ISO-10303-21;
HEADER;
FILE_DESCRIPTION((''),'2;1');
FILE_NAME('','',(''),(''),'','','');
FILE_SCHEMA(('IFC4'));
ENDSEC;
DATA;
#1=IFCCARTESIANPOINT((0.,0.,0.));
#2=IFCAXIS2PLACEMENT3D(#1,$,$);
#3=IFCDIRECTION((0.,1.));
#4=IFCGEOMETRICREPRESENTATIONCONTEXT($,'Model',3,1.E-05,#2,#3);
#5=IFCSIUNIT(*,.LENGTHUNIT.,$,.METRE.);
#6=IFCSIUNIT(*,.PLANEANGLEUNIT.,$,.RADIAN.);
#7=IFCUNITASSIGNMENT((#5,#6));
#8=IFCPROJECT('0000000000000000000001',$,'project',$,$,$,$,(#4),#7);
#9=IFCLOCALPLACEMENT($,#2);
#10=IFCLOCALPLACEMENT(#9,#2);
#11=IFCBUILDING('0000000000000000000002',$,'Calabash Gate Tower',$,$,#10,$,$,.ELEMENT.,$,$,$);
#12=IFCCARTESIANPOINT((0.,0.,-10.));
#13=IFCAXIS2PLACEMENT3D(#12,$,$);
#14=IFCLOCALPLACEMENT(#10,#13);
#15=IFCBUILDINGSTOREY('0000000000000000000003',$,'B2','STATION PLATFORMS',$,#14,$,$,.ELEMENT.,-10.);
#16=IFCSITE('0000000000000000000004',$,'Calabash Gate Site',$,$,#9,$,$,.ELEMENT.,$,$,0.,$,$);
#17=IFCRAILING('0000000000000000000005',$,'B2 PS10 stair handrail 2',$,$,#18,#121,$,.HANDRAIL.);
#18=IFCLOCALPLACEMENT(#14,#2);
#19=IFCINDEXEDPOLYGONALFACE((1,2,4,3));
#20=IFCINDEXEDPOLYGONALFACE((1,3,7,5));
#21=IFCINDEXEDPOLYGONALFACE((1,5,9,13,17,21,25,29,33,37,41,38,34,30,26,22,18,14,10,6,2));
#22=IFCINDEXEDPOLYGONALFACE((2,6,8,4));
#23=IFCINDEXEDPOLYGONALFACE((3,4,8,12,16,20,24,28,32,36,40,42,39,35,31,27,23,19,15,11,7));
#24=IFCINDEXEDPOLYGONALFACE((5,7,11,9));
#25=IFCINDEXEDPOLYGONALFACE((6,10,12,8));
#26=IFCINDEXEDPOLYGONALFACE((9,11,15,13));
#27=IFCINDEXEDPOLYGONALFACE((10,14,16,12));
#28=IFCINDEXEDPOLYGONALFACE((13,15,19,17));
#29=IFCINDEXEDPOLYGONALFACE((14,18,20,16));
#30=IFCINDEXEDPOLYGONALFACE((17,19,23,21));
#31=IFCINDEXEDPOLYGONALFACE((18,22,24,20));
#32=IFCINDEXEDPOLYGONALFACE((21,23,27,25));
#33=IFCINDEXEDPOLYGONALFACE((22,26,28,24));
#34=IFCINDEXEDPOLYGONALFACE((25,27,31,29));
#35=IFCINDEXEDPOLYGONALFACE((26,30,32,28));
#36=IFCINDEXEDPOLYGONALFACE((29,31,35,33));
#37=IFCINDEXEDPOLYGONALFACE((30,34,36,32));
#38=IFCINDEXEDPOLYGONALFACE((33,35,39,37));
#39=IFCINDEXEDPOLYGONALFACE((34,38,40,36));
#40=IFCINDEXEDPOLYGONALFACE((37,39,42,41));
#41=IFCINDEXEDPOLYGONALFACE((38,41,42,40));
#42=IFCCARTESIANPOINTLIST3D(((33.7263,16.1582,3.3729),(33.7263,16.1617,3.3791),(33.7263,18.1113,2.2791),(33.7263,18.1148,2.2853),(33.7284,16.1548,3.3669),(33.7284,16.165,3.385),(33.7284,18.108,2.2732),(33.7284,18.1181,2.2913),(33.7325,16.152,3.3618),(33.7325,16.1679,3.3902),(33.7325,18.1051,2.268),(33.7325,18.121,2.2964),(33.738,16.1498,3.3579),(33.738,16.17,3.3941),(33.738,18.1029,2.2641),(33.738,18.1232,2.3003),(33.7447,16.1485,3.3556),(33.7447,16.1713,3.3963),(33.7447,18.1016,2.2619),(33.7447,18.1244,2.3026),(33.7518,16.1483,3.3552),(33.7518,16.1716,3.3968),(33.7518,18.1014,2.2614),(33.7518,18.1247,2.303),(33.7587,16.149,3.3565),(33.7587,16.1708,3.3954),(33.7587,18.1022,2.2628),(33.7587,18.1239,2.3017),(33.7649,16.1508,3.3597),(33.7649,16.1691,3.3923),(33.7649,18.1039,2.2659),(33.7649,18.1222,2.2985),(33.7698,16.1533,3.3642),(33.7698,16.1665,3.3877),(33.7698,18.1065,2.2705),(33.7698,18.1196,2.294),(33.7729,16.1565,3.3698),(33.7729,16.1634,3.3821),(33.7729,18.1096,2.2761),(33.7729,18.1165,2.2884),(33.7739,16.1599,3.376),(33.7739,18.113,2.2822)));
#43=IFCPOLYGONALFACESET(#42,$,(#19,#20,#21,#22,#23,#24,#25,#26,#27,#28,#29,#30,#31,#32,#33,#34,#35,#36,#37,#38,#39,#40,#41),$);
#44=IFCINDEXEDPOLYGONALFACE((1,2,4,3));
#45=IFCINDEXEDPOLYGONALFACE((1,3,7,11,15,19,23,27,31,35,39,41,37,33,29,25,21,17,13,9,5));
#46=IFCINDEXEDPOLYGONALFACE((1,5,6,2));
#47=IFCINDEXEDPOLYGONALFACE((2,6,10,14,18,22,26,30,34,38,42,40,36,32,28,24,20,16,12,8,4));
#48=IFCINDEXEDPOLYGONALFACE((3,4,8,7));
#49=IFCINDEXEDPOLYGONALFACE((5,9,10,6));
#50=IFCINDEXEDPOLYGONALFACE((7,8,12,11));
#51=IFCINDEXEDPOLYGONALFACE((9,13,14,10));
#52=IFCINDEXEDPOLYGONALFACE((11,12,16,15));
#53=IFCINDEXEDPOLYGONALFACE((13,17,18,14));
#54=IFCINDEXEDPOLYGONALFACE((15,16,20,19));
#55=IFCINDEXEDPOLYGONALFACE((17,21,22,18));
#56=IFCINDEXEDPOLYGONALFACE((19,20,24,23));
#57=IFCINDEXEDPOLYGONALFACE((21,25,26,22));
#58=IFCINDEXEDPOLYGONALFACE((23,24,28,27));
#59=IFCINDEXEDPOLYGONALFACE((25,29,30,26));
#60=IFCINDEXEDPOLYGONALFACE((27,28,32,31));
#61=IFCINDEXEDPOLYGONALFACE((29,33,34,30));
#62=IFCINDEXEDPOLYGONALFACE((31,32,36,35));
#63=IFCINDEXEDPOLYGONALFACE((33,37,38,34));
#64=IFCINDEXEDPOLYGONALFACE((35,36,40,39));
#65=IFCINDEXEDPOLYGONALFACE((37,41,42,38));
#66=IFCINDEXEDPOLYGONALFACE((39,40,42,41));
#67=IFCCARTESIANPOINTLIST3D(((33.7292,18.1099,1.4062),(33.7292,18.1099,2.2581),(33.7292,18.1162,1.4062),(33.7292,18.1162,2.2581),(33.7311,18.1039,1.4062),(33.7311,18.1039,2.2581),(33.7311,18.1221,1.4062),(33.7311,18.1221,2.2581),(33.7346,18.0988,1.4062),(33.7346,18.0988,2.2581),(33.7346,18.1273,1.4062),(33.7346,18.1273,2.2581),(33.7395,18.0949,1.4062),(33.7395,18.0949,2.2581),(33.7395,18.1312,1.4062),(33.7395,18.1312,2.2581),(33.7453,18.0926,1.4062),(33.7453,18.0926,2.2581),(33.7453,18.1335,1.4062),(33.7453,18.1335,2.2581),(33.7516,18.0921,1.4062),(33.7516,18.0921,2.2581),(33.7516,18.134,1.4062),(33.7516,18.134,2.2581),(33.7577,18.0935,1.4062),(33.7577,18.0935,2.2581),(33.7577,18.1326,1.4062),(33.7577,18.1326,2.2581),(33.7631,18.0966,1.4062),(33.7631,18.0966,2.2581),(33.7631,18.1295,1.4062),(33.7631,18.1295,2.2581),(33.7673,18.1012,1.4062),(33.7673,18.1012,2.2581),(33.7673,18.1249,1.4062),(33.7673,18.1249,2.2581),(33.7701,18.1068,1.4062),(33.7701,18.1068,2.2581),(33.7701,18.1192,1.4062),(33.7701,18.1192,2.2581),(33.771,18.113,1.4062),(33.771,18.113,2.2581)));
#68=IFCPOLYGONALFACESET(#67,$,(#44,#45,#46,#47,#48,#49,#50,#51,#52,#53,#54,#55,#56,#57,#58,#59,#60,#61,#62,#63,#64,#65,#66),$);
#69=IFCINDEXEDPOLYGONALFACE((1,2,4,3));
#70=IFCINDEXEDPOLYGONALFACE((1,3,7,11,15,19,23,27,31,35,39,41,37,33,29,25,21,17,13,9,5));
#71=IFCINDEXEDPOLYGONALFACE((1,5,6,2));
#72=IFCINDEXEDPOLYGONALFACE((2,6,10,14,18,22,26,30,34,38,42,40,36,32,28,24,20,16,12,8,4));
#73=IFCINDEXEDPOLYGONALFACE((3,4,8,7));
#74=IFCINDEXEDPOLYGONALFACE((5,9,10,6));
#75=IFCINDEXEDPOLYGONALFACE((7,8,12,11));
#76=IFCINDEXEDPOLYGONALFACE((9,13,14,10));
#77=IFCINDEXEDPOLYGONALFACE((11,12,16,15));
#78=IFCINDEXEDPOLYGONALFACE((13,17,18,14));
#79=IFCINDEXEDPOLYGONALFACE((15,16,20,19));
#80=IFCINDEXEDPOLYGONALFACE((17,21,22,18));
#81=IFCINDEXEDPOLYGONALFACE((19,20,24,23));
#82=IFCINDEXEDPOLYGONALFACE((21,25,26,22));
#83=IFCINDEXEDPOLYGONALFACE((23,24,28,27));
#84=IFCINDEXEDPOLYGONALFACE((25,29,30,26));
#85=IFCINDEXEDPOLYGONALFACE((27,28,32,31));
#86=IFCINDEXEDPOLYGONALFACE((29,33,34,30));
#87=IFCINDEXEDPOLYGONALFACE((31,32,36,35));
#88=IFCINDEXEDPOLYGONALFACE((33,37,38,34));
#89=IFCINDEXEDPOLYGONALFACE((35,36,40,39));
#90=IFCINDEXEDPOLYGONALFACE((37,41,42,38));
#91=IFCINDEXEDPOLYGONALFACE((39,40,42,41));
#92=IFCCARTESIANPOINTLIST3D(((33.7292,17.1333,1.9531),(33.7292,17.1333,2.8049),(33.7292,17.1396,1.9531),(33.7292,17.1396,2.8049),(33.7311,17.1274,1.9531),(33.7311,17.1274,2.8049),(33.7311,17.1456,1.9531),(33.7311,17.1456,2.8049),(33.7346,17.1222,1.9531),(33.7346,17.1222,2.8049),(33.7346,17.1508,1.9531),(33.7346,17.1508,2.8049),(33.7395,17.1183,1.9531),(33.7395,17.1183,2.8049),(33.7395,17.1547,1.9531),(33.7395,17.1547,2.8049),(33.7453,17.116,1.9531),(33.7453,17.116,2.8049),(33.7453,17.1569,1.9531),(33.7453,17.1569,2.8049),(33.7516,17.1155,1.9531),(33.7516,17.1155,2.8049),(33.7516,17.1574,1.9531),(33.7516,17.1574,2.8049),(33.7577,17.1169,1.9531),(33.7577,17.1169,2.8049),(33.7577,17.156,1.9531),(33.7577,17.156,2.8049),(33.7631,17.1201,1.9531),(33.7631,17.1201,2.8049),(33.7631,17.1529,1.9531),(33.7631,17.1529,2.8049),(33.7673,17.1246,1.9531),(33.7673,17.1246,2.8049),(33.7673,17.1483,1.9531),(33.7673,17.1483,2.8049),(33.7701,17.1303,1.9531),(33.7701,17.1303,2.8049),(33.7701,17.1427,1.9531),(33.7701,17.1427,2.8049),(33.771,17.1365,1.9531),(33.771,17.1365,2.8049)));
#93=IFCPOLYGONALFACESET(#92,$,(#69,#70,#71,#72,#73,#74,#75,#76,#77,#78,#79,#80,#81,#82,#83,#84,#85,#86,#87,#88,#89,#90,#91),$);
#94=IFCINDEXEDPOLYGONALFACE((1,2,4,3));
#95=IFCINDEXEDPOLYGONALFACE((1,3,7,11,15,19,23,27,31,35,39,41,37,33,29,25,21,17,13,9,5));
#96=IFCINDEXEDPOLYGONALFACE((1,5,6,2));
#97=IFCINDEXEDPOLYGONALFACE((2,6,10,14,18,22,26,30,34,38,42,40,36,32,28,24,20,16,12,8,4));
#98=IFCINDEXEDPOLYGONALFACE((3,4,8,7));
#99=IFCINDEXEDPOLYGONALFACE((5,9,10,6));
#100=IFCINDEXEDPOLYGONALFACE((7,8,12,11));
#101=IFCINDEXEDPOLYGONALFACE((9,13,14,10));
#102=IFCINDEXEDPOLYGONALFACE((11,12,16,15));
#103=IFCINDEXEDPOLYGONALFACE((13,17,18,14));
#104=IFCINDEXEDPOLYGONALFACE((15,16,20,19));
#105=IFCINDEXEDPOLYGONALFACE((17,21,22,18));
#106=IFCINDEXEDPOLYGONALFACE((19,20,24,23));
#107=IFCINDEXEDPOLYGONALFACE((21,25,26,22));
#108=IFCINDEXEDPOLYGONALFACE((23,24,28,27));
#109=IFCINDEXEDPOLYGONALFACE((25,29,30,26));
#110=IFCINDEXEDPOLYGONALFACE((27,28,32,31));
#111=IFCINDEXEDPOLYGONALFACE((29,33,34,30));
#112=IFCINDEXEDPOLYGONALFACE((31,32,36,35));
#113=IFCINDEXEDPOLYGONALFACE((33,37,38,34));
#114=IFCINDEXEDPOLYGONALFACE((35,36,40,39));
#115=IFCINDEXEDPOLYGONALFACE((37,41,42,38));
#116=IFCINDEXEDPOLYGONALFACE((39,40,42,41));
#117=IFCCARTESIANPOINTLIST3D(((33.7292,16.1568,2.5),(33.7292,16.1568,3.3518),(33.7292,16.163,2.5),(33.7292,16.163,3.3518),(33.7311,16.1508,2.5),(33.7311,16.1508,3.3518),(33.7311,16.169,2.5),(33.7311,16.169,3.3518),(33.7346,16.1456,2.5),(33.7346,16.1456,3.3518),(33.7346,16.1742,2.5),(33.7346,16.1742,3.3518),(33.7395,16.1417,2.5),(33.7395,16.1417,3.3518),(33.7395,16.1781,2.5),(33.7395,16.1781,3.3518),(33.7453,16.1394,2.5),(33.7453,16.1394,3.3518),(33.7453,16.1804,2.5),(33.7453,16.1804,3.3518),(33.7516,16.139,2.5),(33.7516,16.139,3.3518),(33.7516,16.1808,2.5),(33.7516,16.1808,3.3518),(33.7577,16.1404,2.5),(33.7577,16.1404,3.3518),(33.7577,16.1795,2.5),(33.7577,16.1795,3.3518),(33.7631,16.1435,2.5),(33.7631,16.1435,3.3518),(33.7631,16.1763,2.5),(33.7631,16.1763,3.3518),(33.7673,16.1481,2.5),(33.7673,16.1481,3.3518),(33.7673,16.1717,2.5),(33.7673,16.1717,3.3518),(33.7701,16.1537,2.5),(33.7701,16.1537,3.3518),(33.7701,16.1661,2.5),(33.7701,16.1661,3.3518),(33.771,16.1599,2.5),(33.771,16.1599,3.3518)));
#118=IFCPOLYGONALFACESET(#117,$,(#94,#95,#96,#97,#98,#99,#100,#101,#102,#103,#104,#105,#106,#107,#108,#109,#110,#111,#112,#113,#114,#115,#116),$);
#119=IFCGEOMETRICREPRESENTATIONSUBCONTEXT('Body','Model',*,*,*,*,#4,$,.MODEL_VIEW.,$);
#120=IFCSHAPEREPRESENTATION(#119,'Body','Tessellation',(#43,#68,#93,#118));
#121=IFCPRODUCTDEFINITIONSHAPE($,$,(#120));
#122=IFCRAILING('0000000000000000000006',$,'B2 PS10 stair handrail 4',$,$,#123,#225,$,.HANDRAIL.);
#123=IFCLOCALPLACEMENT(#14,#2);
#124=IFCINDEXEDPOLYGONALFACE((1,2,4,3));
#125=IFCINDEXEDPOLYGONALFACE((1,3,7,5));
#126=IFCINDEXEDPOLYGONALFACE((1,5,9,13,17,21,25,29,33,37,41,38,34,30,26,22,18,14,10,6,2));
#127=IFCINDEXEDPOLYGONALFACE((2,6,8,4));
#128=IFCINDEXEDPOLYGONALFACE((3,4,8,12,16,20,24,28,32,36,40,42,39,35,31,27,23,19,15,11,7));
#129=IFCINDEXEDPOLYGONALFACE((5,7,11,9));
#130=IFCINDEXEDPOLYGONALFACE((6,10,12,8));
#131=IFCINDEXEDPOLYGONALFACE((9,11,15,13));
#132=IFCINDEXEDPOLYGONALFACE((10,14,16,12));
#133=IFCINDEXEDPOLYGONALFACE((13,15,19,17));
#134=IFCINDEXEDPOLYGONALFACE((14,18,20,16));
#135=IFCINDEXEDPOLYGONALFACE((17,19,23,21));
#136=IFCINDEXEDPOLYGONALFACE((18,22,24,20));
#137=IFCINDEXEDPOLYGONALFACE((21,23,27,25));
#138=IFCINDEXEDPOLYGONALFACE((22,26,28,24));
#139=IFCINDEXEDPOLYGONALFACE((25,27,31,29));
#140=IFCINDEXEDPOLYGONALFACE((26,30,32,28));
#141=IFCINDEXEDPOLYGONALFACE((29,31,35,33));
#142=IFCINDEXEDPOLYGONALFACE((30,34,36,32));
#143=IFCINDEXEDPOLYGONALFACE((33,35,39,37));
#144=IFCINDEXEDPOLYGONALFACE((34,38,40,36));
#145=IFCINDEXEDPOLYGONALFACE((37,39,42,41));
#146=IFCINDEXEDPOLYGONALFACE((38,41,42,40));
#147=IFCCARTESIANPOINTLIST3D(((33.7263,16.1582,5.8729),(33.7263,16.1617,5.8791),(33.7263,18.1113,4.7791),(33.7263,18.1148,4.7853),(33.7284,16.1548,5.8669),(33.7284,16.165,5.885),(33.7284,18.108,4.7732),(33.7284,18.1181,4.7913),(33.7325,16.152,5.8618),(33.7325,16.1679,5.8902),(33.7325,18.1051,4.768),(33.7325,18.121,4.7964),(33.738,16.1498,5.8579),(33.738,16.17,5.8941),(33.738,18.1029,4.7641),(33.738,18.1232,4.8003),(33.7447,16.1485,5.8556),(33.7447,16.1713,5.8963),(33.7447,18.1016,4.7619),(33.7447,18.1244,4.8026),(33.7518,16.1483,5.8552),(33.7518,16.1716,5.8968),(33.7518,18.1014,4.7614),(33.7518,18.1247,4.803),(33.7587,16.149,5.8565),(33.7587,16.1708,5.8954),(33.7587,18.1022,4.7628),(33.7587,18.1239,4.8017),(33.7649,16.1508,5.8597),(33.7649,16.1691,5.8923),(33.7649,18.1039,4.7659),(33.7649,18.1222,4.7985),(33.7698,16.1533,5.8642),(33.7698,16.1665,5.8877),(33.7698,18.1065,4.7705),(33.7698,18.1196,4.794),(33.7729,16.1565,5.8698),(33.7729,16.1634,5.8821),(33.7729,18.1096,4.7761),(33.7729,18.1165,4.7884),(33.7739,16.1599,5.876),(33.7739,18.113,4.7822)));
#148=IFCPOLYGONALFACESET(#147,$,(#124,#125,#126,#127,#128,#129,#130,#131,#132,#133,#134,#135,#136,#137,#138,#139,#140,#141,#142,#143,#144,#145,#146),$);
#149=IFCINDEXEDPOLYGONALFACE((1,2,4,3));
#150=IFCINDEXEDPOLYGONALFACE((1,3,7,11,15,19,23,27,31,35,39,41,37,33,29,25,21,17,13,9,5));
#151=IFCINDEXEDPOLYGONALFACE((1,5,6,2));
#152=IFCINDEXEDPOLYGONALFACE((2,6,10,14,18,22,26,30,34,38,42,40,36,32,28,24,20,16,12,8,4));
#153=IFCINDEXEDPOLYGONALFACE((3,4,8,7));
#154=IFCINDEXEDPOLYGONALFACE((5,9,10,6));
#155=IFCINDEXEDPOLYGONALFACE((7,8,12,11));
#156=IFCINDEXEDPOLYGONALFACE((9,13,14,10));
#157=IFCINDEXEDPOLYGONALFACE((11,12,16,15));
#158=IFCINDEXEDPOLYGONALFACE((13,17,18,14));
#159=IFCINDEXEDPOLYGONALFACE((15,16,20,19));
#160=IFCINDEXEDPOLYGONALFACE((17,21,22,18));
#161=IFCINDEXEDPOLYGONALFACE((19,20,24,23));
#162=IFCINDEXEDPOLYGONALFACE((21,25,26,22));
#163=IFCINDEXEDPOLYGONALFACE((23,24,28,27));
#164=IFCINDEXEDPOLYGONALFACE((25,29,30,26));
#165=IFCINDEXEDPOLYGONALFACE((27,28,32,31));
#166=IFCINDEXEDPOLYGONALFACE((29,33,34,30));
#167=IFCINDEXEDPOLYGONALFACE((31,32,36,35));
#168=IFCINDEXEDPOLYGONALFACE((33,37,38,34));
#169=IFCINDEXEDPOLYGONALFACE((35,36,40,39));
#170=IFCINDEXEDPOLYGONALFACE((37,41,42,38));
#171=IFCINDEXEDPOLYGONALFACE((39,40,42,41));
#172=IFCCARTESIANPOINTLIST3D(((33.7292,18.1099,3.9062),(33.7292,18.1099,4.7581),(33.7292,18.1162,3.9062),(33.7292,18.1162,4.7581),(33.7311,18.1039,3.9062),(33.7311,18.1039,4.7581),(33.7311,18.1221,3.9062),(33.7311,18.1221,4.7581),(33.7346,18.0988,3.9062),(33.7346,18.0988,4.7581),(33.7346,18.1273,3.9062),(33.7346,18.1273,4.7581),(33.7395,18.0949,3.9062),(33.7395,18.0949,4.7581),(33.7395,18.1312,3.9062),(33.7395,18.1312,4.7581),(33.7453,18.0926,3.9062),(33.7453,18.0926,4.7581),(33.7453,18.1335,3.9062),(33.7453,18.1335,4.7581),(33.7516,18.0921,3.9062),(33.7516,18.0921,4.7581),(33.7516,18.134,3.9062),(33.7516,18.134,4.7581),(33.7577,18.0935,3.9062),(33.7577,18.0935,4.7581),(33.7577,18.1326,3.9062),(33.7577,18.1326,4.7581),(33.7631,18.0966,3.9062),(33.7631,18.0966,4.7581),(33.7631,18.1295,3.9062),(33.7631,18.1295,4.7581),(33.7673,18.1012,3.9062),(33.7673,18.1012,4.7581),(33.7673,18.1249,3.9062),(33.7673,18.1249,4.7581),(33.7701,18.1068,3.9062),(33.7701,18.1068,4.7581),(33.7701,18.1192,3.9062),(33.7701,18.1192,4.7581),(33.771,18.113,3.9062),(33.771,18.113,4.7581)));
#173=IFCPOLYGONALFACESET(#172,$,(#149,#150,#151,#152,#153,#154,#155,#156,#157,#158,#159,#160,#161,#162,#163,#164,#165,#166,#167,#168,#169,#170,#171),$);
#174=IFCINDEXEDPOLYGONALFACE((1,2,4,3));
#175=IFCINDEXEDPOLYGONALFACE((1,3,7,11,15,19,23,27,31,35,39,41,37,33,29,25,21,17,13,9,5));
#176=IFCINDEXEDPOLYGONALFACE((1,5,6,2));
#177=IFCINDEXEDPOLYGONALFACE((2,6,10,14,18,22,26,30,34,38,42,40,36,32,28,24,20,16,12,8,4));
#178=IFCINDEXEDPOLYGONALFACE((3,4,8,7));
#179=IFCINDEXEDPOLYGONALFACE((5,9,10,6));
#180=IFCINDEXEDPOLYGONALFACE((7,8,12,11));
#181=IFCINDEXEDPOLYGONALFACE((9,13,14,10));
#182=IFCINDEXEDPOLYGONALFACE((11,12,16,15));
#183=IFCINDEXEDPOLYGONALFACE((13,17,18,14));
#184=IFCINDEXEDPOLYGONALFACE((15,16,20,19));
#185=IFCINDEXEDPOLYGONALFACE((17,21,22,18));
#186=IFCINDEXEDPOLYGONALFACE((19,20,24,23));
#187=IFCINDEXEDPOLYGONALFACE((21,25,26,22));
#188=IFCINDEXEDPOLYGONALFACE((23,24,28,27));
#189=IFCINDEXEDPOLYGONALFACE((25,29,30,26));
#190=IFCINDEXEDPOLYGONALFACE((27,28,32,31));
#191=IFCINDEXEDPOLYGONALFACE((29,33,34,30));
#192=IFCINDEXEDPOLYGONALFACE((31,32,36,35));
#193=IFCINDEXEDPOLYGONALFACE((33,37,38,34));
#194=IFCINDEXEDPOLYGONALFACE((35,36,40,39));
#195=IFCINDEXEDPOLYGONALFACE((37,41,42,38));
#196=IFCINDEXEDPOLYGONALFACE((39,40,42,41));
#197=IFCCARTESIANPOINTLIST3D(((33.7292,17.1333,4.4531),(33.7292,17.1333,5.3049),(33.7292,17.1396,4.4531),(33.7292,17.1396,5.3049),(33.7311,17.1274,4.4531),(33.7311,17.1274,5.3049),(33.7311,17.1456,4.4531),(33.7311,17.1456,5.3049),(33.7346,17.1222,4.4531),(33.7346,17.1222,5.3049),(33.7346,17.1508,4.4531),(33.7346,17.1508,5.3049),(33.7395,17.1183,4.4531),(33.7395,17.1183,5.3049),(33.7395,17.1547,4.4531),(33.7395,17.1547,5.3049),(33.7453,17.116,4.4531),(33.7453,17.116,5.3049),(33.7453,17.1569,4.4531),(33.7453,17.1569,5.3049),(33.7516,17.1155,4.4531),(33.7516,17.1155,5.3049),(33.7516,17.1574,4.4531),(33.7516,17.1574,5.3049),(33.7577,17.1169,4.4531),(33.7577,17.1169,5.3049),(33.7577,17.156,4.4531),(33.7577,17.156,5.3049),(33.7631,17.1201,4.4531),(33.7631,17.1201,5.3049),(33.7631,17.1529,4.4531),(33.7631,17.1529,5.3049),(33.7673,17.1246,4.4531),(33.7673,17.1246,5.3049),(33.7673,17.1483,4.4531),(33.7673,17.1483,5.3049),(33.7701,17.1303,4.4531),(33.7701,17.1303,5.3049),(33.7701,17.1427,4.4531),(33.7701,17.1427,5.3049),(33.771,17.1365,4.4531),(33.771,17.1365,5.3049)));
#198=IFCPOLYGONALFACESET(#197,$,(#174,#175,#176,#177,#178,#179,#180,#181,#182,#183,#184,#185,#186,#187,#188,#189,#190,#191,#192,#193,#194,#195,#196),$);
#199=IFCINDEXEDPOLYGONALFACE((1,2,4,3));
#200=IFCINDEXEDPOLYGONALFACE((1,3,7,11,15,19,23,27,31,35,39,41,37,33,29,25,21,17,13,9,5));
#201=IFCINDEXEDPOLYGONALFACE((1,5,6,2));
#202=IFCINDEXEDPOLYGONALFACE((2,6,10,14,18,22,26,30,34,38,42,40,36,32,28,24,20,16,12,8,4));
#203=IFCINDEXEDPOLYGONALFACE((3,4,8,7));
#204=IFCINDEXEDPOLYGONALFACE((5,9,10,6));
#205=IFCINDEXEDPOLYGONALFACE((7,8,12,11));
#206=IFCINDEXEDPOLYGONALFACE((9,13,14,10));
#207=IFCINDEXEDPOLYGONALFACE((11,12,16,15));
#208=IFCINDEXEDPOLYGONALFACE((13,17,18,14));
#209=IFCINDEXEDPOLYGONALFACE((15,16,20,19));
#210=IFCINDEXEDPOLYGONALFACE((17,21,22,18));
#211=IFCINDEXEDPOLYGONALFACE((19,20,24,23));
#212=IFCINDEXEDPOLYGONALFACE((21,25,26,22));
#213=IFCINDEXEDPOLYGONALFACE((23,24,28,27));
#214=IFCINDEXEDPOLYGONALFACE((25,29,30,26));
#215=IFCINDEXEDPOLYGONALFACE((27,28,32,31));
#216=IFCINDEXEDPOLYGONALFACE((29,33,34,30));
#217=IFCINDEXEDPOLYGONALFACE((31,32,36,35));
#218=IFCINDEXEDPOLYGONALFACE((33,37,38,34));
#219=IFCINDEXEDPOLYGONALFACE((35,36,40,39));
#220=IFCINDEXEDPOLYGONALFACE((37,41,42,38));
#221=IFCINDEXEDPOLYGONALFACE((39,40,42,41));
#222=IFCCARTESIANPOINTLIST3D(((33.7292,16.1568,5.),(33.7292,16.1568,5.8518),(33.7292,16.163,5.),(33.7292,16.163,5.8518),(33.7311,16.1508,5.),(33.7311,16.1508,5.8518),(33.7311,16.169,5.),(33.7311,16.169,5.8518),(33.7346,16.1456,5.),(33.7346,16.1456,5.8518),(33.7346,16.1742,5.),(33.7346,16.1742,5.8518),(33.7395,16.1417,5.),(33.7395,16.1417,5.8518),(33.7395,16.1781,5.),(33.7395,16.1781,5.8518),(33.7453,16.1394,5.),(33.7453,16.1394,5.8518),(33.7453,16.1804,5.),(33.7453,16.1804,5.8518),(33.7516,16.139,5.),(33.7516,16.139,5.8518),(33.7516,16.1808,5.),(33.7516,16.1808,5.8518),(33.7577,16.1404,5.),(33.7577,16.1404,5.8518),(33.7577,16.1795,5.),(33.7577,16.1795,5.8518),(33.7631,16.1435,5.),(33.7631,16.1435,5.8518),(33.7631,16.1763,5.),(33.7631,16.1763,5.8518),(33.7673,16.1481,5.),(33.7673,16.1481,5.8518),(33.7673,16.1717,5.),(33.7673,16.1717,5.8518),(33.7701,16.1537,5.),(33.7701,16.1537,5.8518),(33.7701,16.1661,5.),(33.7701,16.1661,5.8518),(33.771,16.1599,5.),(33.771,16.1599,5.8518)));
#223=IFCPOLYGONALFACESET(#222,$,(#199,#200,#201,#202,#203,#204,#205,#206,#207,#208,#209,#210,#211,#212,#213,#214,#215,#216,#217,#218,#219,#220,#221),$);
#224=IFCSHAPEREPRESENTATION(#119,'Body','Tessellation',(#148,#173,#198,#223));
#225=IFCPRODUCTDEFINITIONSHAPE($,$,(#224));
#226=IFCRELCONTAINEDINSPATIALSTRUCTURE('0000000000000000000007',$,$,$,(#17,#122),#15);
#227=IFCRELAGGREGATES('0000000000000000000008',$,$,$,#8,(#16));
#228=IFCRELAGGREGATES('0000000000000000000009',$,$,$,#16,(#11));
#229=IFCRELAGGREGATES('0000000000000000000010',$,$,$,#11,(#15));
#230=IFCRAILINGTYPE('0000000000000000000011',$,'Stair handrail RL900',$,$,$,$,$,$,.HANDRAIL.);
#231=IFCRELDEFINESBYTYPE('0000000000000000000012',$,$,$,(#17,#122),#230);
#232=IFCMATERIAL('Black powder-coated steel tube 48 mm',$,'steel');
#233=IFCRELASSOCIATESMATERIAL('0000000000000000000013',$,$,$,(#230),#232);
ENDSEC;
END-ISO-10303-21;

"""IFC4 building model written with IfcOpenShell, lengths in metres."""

from ifc_helpers import new_model, si_unit, direction, frame, origin, origin_2d, place, context, subcontext, project, spatial, circle, extrude, material, type_object, element, save


model = new_model("IFC4")

# Units and contexts
model_context = context("Model", 3, precision=1e-05, world=origin(), true_north=direction((0.0, 1.0)))
body_context = subcontext(model_context, "Body", "Model", "MODEL_VIEW")
ifc_project = project(units=[si_unit("LENGTHUNIT", "METRE"), si_unit("PLANEANGLEUNIT", "RADIAN")], contexts=[model_context])

# Site, building, storey
site_placement = place(None, origin())
site = spatial("IfcSite", under=ifc_project, at=site_placement, Name="Calabash Gate Site", CompositionType="ELEMENT", RefElevation=0.0)
building_placement = place(site_placement, origin())
building = spatial("IfcBuilding", under=site, at=building_placement, Name="Calabash Gate Tower", CompositionType="ELEMENT")
storey_placement = place(building_placement, frame((0.0, 0.0, -10.0)))
storey = spatial("IfcBuildingStorey", under=building, at=storey_placement, Name="B2", Description="STATION PLATFORMS", CompositionType="ELEMENT", Elevation=-10.0)

# Railings
ifc_material_1 = material(Name="Black powder-coated steel tube 48 mm", Category="steel")
railing_type = type_object("IfcRailingType", Name="Stair handrail RL900", PredefinedType="HANDRAIL", material=ifc_material_1)
for number, where, name in (
    (1, (33.75, 18.113, 1.4062), "B2 PS10 stair handrail 2"),
    (2, (33.75, 18.113, 3.9062), "B2 PS10 stair handrail 4"),
):
    element("IfcRailing", number, at=place(storey_placement, frame(where)), inside=storey, type_object=railing_type, Name=name, PredefinedType="HANDRAIL", context=body_context, shape_type="SweptSolid", body=[
        extrude(circle(Radius=0.0239, at=origin_2d()), frame((0.0, 0.0, 0.876), z_axis=(0.0, -0.872506, 0.488603), x_axis=(1.0, 0.0, 0.0)), (0.0, 0.0, 1.0), 2.2385),
        extrude(circle(Radius=0.021, at=origin_2d()), origin(), (0.0, 0.0, 1.0), 0.8518),
        extrude(circle(Radius=0.021, at=origin_2d()), frame((0.0, -0.9766, 0.5469)), (0.0, 0.0, 1.0), 0.8518),
        extrude(circle(Radius=0.021, at=origin_2d()), frame((0.0, -1.9531, 1.0938)), (0.0, 0.0, 1.0), 0.8518),
    ])

save(model, "model.ifc")
